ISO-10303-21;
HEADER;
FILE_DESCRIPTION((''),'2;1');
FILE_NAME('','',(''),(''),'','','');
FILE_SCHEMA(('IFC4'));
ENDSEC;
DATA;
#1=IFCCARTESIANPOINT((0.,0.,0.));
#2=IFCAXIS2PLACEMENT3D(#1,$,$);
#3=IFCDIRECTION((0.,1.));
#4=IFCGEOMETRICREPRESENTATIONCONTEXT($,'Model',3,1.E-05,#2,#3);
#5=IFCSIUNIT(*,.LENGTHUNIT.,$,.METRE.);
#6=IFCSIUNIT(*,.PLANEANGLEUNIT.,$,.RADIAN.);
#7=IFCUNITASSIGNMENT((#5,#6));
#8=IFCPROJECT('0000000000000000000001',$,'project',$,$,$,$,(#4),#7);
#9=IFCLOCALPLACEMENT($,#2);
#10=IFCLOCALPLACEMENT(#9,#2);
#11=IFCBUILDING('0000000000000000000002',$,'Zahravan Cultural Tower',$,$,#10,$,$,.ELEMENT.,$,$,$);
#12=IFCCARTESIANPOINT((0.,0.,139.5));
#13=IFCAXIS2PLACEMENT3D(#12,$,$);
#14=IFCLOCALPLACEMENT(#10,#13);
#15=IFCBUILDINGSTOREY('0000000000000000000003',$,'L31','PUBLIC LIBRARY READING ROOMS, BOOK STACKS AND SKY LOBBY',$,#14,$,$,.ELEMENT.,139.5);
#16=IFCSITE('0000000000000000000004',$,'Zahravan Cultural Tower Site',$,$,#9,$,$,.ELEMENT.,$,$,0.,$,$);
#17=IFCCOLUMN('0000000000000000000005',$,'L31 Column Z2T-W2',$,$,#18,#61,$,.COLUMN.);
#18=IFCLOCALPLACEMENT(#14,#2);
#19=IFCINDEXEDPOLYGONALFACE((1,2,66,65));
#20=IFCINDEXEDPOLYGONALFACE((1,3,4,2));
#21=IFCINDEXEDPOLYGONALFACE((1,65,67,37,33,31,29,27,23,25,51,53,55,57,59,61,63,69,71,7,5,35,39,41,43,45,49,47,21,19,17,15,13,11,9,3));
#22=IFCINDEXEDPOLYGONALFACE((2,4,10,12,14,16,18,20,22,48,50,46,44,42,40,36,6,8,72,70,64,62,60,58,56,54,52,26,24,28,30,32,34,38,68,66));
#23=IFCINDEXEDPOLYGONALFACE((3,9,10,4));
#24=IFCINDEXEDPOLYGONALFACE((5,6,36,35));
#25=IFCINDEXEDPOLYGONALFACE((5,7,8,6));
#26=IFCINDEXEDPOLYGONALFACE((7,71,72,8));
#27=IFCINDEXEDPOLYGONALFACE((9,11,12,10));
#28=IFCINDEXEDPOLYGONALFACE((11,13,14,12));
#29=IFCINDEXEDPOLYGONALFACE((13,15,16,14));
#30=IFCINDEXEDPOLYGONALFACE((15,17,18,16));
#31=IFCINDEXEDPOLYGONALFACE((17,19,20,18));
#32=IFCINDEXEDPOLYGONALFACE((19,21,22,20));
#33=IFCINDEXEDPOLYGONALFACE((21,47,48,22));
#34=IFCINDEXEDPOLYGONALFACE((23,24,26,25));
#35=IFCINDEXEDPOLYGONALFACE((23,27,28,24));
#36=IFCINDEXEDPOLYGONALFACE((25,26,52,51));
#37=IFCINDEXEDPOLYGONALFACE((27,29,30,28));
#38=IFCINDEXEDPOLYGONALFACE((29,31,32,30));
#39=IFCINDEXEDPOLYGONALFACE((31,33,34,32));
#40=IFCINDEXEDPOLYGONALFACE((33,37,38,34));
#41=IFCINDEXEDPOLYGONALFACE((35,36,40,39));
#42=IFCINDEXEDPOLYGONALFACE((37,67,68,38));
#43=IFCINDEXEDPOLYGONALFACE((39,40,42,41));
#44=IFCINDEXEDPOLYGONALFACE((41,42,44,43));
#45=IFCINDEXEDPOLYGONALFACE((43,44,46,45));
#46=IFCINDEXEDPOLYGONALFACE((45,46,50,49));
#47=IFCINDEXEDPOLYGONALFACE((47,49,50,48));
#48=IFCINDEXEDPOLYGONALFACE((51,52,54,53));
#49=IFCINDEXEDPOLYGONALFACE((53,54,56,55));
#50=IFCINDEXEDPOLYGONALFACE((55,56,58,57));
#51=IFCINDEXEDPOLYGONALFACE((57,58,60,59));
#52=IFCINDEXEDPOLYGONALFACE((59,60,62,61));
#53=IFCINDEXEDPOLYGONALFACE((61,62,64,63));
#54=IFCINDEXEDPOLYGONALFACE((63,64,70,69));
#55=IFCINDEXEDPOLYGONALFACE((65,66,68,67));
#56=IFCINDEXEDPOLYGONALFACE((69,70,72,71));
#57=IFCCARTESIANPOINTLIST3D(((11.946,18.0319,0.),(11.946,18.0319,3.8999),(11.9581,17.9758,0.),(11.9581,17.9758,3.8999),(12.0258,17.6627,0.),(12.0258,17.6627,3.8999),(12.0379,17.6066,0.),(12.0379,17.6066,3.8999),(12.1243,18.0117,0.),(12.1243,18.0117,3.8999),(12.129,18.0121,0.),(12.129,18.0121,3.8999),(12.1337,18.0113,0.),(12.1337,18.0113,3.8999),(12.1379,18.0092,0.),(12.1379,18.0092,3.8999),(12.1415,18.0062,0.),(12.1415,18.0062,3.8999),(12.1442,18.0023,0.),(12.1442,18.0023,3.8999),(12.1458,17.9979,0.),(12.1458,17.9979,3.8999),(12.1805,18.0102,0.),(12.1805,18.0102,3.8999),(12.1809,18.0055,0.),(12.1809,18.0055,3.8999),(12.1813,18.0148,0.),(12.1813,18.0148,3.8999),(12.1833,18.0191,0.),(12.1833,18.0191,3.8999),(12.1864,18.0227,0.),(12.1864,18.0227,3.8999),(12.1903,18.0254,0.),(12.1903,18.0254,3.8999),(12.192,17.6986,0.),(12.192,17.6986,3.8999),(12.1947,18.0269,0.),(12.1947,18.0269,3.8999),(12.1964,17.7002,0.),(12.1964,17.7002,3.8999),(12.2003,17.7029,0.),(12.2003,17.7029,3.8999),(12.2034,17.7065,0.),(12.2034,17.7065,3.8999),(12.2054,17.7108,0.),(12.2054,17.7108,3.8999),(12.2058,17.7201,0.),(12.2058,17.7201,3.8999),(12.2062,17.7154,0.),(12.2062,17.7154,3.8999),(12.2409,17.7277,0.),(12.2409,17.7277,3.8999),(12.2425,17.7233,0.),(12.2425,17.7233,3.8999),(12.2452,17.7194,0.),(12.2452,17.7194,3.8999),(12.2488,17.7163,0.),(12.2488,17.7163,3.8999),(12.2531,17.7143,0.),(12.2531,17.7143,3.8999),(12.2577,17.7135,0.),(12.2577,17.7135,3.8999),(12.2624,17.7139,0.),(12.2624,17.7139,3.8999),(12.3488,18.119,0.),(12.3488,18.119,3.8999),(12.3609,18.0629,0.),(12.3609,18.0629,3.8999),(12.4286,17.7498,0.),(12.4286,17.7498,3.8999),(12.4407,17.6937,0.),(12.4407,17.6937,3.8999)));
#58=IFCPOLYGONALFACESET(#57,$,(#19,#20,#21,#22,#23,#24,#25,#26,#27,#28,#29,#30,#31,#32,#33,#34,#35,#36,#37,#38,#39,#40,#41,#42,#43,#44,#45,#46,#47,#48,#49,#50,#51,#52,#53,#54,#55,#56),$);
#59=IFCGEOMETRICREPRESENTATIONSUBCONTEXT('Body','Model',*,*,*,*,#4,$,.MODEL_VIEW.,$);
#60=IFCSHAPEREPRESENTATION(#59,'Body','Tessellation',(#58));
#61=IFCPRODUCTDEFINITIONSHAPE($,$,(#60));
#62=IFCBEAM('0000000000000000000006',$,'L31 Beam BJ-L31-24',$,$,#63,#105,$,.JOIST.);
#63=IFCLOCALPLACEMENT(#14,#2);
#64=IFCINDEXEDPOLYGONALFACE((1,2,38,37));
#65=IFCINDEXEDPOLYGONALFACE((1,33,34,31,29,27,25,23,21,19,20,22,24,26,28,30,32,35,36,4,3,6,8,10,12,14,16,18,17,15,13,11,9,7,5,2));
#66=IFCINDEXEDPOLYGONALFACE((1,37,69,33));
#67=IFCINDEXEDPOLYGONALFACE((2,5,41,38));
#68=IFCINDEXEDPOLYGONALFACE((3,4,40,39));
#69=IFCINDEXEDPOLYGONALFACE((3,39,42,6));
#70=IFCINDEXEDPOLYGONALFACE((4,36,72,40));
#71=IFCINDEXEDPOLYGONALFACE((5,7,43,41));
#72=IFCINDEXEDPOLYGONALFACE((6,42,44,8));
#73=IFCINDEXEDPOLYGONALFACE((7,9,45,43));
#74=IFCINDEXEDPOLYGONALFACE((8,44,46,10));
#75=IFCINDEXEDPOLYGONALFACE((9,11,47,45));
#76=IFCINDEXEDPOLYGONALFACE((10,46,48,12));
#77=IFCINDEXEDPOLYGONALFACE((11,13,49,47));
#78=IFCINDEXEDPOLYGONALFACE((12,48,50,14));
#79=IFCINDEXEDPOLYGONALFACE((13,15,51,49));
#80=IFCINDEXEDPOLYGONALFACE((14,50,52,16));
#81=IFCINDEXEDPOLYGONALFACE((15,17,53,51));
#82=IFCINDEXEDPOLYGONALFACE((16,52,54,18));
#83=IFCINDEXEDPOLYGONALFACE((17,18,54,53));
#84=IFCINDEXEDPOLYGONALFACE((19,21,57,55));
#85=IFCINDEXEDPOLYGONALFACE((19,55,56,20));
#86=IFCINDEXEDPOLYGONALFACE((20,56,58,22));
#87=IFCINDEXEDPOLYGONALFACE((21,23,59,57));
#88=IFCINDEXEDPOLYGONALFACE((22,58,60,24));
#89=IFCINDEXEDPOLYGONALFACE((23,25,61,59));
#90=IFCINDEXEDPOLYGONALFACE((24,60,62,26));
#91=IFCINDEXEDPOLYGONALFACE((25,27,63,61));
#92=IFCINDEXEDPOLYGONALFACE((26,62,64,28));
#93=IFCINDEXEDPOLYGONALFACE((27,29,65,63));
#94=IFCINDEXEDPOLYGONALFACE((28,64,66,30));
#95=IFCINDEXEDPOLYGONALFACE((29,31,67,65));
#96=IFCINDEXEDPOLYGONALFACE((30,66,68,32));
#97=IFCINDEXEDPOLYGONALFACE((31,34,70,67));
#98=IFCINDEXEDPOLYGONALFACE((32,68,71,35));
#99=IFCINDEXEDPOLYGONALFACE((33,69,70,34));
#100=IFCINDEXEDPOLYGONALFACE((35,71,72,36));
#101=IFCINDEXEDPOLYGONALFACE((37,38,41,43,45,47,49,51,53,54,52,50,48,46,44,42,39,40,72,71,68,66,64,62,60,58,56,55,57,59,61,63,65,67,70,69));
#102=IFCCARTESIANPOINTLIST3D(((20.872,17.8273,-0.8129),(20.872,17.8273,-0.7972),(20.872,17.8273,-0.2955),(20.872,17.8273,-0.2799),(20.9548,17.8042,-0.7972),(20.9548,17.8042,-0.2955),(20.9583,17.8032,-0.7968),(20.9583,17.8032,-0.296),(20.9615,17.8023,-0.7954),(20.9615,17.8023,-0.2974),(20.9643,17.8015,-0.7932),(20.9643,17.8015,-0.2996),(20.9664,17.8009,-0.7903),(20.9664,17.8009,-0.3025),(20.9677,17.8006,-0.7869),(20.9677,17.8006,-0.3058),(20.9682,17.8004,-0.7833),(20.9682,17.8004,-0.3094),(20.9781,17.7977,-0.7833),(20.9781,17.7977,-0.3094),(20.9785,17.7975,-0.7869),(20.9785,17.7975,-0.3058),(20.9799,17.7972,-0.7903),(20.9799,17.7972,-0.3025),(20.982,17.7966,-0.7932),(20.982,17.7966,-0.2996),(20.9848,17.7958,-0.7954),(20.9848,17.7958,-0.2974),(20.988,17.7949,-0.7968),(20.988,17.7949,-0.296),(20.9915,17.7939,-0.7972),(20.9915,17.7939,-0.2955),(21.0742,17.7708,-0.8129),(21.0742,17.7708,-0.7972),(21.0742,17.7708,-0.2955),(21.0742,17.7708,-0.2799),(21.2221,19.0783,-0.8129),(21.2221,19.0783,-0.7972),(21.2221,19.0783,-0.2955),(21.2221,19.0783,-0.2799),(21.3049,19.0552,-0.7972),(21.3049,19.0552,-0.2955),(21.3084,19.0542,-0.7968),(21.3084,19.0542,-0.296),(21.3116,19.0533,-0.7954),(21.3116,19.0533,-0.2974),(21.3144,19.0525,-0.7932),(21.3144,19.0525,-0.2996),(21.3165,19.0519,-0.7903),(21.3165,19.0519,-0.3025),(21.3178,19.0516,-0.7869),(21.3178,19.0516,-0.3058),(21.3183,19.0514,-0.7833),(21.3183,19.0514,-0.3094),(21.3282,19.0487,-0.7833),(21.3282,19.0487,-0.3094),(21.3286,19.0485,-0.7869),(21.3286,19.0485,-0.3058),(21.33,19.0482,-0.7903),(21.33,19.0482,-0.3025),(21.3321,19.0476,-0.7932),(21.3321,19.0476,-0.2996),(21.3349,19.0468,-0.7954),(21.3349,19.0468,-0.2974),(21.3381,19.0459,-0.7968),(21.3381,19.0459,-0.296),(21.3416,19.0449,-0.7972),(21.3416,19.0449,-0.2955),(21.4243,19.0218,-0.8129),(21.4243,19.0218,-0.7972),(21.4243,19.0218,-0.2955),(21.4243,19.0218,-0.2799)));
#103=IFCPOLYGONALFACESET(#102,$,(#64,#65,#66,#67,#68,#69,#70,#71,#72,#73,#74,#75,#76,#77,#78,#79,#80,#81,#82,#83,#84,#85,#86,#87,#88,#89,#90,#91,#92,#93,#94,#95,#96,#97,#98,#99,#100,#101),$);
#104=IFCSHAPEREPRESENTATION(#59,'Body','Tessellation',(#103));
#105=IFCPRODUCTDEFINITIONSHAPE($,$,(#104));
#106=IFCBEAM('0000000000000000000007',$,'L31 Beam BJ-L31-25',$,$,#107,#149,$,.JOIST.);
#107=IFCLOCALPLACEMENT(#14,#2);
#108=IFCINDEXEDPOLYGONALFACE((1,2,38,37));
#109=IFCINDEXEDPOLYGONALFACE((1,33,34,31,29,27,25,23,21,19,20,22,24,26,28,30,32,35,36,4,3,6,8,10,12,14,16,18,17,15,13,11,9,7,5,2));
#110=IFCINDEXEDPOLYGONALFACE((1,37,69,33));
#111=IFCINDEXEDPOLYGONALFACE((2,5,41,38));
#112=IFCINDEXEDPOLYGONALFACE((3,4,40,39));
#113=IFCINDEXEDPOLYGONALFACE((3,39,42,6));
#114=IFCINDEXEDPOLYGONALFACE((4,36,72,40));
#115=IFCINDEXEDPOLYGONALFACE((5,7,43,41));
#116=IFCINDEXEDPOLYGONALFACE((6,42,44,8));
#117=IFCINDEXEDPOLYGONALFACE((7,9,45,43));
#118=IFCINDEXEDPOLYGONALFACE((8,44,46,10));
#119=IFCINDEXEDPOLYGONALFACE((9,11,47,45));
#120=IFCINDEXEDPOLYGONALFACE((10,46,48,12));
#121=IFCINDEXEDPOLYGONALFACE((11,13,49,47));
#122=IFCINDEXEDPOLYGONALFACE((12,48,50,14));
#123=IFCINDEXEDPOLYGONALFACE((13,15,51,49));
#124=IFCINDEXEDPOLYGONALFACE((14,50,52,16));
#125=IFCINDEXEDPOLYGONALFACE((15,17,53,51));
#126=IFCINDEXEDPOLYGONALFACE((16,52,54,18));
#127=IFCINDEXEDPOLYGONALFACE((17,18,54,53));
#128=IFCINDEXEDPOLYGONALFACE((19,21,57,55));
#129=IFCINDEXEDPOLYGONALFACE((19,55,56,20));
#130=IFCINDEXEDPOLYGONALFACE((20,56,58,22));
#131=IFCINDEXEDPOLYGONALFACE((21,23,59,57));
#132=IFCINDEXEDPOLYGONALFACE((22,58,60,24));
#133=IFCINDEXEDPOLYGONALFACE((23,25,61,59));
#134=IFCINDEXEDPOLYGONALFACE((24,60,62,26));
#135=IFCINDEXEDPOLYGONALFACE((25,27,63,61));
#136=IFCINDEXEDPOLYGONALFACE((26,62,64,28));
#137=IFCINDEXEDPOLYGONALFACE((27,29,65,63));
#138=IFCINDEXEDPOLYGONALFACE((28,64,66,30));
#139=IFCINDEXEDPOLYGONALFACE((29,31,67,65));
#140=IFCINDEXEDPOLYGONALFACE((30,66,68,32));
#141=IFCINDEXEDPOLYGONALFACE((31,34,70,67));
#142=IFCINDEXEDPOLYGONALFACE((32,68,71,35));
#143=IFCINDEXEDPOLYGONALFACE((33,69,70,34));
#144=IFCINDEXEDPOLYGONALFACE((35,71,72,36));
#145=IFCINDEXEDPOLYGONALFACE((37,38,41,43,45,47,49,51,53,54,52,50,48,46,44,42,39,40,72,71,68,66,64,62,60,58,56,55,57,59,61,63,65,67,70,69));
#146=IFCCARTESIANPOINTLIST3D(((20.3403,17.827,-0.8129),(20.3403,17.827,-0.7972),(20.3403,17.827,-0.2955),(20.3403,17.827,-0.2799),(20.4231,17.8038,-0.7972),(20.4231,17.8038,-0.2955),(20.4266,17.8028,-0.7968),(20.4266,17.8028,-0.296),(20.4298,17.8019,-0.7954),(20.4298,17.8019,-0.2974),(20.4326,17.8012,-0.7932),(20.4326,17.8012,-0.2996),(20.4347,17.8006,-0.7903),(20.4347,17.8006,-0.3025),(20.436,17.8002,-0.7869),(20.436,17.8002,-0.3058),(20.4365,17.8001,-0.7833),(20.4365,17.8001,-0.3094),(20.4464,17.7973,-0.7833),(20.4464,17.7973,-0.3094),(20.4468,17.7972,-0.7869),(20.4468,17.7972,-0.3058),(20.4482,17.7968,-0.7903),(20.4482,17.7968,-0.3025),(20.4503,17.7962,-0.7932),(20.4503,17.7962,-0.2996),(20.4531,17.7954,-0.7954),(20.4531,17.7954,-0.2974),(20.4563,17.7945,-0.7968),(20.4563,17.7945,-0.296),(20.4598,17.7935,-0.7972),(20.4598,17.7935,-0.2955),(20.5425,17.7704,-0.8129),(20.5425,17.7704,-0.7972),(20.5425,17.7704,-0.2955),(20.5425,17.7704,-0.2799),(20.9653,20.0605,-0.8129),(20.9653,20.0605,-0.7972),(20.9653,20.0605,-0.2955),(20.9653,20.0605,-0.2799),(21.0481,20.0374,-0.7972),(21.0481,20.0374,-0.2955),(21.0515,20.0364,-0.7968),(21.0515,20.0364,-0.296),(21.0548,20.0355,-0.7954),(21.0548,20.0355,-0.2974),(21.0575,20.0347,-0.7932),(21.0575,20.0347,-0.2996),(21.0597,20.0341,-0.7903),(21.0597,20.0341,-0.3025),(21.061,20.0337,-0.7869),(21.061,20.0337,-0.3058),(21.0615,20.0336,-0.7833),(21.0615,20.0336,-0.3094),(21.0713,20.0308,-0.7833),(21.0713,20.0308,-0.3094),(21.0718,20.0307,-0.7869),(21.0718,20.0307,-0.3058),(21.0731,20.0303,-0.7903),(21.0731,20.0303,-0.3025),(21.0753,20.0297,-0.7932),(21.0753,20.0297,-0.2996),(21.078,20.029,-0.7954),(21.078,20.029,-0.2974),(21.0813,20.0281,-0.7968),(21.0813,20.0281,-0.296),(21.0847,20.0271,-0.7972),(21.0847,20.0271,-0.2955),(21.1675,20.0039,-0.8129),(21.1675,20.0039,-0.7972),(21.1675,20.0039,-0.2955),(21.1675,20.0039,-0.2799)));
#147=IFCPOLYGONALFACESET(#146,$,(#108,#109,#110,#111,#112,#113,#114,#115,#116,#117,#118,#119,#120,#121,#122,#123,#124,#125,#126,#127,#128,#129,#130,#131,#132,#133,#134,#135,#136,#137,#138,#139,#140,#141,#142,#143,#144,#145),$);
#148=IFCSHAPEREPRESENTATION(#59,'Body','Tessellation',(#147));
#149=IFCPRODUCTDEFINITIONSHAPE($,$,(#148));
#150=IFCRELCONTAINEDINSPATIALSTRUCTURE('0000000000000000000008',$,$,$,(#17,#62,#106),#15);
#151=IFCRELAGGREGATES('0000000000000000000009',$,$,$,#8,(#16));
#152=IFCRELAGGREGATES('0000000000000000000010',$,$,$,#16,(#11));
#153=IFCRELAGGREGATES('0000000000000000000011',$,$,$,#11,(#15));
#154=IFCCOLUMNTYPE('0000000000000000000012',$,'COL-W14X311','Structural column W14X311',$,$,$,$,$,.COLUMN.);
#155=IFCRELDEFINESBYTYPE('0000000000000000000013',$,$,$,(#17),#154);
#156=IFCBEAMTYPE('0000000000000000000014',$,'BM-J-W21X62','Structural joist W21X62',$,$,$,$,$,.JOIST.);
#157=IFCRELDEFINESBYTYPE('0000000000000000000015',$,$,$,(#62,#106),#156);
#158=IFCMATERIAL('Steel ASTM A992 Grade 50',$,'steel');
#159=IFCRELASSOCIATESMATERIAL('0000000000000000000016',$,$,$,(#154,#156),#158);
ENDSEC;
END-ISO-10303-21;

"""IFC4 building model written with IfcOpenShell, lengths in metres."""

from ifc_helpers import new_model, si_unit, direction, frame, origin, origin_2d, place, context, subcontext, project, spatial, i_section, extrude, source, transform, mapped, material, material_profile, profile_set, type_object, element, save


model = new_model("IFC4")

# Units and contexts
model_context = context("Model", 3, precision=1e-05, world=origin(), true_north=direction((0.0, 1.0)))
body_context = subcontext(model_context, "Body", "Model", "MODEL_VIEW")
ifc_project = project(units=[si_unit("LENGTHUNIT", "METRE"), si_unit("PLANEANGLEUNIT", "RADIAN")], contexts=[model_context])

# Site, building, storey
site_placement = place(None, origin())
site = spatial("IfcSite", under=ifc_project, at=site_placement, Name="Zahravan Cultural Tower Site", CompositionType="ELEMENT", RefElevation=0.0)
building_placement = place(site_placement, origin())
building = spatial("IfcBuilding", under=site, at=building_placement, Name="Zahravan Cultural Tower", CompositionType="ELEMENT")
storey_placement = place(building_placement, frame((0.0, 0.0, 139.5)))
storey = spatial("IfcBuildingStorey", under=building, at=storey_placement, Name="L31", Description="PUBLIC LIBRARY READING ROOMS, BOOK STACKS AND SKY LOBBY", CompositionType="ELEMENT", Elevation=139.5)

# Column
ifc_material_1 = material(Name="Steel ASTM A992 Grade 50", Category="steel")
ifc_material_profile_1 = material_profile(ifc_material_1, i_section(OverallWidth=0.4121, OverallDepth=0.4351, WebThickness=0.0359, FlangeThickness=0.0574, FilletRadius=0.0181, at=origin_2d()), Name="W14X311")
ifc_profile_set_1 = profile_set([ifc_material_profile_1], Name="Steel ASTM A992 Grade 50")
column_type = type_object("IfcColumnType", Name="COL-W14X311", Description="Structural column W14X311", PredefinedType="COLUMN", material=ifc_profile_set_1)
shared_shape_1 = source(origin(), body_context, "Body", "SweptSolid", [
    extrude(i_section(OverallWidth=0.4121, OverallDepth=0.4351, WebThickness=0.0359, FlangeThickness=0.0574, FilletRadius=0.0181, at=origin_2d()), origin(), (0.0, 0.0, 1.0), 3.8999),
])
column_placement = place(storey_placement, frame((12.1934, 17.8628, 0.0), z_axis=(0.0, 0.0, 1.0), x_axis=(0.977416, 0.211325, 0.0)))
element("IfcColumn", 1, at=column_placement, inside=storey, type_object=column_type, Name="L31 Column Z2T-W2", PredefinedType="COLUMN", context=body_context, shape_type="MappedRepresentation", body=[
    mapped(shared_shape_1, transform((0.0, 0.0, 0.0), x_axis=(1.0, 0.0, 0.0), y_axis=(0.0, 1.0, 0.0), z_axis=(0.0, 0.0, 1.0), scale=1.0)),
])

# Beams
ifc_material_profile_2 = material_profile(ifc_material_1, i_section(OverallWidth=0.21, OverallDepth=0.533, WebThickness=0.0103, FlangeThickness=0.0156, FilletRadius=0.0139, at=origin_2d()), Name="W21X62")
ifc_profile_set_2 = profile_set([ifc_material_profile_2], Name="Steel ASTM A992 Grade 50")
beam_type = type_object("IfcBeamType", Name="BM-J-W21X62", Description="Structural joist W21X62", PredefinedType="JOIST", material=ifc_profile_set_2)
shared_shape_2 = source(origin(), body_context, "Body", "SweptSolid", [
    extrude(i_section(OverallWidth=0.21, OverallDepth=0.533, WebThickness=0.0103, FlangeThickness=0.0156, FilletRadius=0.0139, at=origin_2d()), origin(), (0.0, 0.0, 1.0), 1.2991),
])
beam_1_placement = place(storey_placement, frame((21.3232, 19.05, -0.5464), z_axis=(-0.269504, -0.962999, 0.0), x_axis=(0.962999, -0.269504, 0.0)))
element("IfcBeam", 2, at=beam_1_placement, inside=storey, type_object=beam_type, Name="L31 Beam BJ-L31-24", PredefinedType="JOIST", context=body_context, shape_type="MappedRepresentation", body=[
    mapped(shared_shape_2, transform((0.0, 0.0, 0.0), x_axis=(1.0, 0.0, 0.0), y_axis=(0.0, 1.0, 0.0), z_axis=(0.0, 0.0, 1.0), scale=1.0)),
])
shared_shape_3 = source(origin(), body_context, "Body", "SweptSolid", [
    extrude(i_section(OverallWidth=0.21, OverallDepth=0.533, WebThickness=0.0103, FlangeThickness=0.0156, FilletRadius=0.0139, at=origin_2d()), origin(), (0.0, 0.0, 1.0), 2.3193),
])
beam_2_placement = place(storey_placement, frame((21.0664, 20.0322, -0.5464), z_axis=(-0.269462, -0.963011, 0.0), x_axis=(0.963011, -0.269462, 0.0)))
element("IfcBeam", 3, at=beam_2_placement, inside=storey, type_object=beam_type, Name="L31 Beam BJ-L31-25", PredefinedType="JOIST", context=body_context, shape_type="MappedRepresentation", body=[
    mapped(shared_shape_3, transform((0.0, 0.0, 0.0), x_axis=(1.0, 0.0, 0.0), y_axis=(0.0, 1.0, 0.0), z_axis=(0.0, 0.0, 1.0), scale=1.0)),
])

save(model, "model.ifc")
